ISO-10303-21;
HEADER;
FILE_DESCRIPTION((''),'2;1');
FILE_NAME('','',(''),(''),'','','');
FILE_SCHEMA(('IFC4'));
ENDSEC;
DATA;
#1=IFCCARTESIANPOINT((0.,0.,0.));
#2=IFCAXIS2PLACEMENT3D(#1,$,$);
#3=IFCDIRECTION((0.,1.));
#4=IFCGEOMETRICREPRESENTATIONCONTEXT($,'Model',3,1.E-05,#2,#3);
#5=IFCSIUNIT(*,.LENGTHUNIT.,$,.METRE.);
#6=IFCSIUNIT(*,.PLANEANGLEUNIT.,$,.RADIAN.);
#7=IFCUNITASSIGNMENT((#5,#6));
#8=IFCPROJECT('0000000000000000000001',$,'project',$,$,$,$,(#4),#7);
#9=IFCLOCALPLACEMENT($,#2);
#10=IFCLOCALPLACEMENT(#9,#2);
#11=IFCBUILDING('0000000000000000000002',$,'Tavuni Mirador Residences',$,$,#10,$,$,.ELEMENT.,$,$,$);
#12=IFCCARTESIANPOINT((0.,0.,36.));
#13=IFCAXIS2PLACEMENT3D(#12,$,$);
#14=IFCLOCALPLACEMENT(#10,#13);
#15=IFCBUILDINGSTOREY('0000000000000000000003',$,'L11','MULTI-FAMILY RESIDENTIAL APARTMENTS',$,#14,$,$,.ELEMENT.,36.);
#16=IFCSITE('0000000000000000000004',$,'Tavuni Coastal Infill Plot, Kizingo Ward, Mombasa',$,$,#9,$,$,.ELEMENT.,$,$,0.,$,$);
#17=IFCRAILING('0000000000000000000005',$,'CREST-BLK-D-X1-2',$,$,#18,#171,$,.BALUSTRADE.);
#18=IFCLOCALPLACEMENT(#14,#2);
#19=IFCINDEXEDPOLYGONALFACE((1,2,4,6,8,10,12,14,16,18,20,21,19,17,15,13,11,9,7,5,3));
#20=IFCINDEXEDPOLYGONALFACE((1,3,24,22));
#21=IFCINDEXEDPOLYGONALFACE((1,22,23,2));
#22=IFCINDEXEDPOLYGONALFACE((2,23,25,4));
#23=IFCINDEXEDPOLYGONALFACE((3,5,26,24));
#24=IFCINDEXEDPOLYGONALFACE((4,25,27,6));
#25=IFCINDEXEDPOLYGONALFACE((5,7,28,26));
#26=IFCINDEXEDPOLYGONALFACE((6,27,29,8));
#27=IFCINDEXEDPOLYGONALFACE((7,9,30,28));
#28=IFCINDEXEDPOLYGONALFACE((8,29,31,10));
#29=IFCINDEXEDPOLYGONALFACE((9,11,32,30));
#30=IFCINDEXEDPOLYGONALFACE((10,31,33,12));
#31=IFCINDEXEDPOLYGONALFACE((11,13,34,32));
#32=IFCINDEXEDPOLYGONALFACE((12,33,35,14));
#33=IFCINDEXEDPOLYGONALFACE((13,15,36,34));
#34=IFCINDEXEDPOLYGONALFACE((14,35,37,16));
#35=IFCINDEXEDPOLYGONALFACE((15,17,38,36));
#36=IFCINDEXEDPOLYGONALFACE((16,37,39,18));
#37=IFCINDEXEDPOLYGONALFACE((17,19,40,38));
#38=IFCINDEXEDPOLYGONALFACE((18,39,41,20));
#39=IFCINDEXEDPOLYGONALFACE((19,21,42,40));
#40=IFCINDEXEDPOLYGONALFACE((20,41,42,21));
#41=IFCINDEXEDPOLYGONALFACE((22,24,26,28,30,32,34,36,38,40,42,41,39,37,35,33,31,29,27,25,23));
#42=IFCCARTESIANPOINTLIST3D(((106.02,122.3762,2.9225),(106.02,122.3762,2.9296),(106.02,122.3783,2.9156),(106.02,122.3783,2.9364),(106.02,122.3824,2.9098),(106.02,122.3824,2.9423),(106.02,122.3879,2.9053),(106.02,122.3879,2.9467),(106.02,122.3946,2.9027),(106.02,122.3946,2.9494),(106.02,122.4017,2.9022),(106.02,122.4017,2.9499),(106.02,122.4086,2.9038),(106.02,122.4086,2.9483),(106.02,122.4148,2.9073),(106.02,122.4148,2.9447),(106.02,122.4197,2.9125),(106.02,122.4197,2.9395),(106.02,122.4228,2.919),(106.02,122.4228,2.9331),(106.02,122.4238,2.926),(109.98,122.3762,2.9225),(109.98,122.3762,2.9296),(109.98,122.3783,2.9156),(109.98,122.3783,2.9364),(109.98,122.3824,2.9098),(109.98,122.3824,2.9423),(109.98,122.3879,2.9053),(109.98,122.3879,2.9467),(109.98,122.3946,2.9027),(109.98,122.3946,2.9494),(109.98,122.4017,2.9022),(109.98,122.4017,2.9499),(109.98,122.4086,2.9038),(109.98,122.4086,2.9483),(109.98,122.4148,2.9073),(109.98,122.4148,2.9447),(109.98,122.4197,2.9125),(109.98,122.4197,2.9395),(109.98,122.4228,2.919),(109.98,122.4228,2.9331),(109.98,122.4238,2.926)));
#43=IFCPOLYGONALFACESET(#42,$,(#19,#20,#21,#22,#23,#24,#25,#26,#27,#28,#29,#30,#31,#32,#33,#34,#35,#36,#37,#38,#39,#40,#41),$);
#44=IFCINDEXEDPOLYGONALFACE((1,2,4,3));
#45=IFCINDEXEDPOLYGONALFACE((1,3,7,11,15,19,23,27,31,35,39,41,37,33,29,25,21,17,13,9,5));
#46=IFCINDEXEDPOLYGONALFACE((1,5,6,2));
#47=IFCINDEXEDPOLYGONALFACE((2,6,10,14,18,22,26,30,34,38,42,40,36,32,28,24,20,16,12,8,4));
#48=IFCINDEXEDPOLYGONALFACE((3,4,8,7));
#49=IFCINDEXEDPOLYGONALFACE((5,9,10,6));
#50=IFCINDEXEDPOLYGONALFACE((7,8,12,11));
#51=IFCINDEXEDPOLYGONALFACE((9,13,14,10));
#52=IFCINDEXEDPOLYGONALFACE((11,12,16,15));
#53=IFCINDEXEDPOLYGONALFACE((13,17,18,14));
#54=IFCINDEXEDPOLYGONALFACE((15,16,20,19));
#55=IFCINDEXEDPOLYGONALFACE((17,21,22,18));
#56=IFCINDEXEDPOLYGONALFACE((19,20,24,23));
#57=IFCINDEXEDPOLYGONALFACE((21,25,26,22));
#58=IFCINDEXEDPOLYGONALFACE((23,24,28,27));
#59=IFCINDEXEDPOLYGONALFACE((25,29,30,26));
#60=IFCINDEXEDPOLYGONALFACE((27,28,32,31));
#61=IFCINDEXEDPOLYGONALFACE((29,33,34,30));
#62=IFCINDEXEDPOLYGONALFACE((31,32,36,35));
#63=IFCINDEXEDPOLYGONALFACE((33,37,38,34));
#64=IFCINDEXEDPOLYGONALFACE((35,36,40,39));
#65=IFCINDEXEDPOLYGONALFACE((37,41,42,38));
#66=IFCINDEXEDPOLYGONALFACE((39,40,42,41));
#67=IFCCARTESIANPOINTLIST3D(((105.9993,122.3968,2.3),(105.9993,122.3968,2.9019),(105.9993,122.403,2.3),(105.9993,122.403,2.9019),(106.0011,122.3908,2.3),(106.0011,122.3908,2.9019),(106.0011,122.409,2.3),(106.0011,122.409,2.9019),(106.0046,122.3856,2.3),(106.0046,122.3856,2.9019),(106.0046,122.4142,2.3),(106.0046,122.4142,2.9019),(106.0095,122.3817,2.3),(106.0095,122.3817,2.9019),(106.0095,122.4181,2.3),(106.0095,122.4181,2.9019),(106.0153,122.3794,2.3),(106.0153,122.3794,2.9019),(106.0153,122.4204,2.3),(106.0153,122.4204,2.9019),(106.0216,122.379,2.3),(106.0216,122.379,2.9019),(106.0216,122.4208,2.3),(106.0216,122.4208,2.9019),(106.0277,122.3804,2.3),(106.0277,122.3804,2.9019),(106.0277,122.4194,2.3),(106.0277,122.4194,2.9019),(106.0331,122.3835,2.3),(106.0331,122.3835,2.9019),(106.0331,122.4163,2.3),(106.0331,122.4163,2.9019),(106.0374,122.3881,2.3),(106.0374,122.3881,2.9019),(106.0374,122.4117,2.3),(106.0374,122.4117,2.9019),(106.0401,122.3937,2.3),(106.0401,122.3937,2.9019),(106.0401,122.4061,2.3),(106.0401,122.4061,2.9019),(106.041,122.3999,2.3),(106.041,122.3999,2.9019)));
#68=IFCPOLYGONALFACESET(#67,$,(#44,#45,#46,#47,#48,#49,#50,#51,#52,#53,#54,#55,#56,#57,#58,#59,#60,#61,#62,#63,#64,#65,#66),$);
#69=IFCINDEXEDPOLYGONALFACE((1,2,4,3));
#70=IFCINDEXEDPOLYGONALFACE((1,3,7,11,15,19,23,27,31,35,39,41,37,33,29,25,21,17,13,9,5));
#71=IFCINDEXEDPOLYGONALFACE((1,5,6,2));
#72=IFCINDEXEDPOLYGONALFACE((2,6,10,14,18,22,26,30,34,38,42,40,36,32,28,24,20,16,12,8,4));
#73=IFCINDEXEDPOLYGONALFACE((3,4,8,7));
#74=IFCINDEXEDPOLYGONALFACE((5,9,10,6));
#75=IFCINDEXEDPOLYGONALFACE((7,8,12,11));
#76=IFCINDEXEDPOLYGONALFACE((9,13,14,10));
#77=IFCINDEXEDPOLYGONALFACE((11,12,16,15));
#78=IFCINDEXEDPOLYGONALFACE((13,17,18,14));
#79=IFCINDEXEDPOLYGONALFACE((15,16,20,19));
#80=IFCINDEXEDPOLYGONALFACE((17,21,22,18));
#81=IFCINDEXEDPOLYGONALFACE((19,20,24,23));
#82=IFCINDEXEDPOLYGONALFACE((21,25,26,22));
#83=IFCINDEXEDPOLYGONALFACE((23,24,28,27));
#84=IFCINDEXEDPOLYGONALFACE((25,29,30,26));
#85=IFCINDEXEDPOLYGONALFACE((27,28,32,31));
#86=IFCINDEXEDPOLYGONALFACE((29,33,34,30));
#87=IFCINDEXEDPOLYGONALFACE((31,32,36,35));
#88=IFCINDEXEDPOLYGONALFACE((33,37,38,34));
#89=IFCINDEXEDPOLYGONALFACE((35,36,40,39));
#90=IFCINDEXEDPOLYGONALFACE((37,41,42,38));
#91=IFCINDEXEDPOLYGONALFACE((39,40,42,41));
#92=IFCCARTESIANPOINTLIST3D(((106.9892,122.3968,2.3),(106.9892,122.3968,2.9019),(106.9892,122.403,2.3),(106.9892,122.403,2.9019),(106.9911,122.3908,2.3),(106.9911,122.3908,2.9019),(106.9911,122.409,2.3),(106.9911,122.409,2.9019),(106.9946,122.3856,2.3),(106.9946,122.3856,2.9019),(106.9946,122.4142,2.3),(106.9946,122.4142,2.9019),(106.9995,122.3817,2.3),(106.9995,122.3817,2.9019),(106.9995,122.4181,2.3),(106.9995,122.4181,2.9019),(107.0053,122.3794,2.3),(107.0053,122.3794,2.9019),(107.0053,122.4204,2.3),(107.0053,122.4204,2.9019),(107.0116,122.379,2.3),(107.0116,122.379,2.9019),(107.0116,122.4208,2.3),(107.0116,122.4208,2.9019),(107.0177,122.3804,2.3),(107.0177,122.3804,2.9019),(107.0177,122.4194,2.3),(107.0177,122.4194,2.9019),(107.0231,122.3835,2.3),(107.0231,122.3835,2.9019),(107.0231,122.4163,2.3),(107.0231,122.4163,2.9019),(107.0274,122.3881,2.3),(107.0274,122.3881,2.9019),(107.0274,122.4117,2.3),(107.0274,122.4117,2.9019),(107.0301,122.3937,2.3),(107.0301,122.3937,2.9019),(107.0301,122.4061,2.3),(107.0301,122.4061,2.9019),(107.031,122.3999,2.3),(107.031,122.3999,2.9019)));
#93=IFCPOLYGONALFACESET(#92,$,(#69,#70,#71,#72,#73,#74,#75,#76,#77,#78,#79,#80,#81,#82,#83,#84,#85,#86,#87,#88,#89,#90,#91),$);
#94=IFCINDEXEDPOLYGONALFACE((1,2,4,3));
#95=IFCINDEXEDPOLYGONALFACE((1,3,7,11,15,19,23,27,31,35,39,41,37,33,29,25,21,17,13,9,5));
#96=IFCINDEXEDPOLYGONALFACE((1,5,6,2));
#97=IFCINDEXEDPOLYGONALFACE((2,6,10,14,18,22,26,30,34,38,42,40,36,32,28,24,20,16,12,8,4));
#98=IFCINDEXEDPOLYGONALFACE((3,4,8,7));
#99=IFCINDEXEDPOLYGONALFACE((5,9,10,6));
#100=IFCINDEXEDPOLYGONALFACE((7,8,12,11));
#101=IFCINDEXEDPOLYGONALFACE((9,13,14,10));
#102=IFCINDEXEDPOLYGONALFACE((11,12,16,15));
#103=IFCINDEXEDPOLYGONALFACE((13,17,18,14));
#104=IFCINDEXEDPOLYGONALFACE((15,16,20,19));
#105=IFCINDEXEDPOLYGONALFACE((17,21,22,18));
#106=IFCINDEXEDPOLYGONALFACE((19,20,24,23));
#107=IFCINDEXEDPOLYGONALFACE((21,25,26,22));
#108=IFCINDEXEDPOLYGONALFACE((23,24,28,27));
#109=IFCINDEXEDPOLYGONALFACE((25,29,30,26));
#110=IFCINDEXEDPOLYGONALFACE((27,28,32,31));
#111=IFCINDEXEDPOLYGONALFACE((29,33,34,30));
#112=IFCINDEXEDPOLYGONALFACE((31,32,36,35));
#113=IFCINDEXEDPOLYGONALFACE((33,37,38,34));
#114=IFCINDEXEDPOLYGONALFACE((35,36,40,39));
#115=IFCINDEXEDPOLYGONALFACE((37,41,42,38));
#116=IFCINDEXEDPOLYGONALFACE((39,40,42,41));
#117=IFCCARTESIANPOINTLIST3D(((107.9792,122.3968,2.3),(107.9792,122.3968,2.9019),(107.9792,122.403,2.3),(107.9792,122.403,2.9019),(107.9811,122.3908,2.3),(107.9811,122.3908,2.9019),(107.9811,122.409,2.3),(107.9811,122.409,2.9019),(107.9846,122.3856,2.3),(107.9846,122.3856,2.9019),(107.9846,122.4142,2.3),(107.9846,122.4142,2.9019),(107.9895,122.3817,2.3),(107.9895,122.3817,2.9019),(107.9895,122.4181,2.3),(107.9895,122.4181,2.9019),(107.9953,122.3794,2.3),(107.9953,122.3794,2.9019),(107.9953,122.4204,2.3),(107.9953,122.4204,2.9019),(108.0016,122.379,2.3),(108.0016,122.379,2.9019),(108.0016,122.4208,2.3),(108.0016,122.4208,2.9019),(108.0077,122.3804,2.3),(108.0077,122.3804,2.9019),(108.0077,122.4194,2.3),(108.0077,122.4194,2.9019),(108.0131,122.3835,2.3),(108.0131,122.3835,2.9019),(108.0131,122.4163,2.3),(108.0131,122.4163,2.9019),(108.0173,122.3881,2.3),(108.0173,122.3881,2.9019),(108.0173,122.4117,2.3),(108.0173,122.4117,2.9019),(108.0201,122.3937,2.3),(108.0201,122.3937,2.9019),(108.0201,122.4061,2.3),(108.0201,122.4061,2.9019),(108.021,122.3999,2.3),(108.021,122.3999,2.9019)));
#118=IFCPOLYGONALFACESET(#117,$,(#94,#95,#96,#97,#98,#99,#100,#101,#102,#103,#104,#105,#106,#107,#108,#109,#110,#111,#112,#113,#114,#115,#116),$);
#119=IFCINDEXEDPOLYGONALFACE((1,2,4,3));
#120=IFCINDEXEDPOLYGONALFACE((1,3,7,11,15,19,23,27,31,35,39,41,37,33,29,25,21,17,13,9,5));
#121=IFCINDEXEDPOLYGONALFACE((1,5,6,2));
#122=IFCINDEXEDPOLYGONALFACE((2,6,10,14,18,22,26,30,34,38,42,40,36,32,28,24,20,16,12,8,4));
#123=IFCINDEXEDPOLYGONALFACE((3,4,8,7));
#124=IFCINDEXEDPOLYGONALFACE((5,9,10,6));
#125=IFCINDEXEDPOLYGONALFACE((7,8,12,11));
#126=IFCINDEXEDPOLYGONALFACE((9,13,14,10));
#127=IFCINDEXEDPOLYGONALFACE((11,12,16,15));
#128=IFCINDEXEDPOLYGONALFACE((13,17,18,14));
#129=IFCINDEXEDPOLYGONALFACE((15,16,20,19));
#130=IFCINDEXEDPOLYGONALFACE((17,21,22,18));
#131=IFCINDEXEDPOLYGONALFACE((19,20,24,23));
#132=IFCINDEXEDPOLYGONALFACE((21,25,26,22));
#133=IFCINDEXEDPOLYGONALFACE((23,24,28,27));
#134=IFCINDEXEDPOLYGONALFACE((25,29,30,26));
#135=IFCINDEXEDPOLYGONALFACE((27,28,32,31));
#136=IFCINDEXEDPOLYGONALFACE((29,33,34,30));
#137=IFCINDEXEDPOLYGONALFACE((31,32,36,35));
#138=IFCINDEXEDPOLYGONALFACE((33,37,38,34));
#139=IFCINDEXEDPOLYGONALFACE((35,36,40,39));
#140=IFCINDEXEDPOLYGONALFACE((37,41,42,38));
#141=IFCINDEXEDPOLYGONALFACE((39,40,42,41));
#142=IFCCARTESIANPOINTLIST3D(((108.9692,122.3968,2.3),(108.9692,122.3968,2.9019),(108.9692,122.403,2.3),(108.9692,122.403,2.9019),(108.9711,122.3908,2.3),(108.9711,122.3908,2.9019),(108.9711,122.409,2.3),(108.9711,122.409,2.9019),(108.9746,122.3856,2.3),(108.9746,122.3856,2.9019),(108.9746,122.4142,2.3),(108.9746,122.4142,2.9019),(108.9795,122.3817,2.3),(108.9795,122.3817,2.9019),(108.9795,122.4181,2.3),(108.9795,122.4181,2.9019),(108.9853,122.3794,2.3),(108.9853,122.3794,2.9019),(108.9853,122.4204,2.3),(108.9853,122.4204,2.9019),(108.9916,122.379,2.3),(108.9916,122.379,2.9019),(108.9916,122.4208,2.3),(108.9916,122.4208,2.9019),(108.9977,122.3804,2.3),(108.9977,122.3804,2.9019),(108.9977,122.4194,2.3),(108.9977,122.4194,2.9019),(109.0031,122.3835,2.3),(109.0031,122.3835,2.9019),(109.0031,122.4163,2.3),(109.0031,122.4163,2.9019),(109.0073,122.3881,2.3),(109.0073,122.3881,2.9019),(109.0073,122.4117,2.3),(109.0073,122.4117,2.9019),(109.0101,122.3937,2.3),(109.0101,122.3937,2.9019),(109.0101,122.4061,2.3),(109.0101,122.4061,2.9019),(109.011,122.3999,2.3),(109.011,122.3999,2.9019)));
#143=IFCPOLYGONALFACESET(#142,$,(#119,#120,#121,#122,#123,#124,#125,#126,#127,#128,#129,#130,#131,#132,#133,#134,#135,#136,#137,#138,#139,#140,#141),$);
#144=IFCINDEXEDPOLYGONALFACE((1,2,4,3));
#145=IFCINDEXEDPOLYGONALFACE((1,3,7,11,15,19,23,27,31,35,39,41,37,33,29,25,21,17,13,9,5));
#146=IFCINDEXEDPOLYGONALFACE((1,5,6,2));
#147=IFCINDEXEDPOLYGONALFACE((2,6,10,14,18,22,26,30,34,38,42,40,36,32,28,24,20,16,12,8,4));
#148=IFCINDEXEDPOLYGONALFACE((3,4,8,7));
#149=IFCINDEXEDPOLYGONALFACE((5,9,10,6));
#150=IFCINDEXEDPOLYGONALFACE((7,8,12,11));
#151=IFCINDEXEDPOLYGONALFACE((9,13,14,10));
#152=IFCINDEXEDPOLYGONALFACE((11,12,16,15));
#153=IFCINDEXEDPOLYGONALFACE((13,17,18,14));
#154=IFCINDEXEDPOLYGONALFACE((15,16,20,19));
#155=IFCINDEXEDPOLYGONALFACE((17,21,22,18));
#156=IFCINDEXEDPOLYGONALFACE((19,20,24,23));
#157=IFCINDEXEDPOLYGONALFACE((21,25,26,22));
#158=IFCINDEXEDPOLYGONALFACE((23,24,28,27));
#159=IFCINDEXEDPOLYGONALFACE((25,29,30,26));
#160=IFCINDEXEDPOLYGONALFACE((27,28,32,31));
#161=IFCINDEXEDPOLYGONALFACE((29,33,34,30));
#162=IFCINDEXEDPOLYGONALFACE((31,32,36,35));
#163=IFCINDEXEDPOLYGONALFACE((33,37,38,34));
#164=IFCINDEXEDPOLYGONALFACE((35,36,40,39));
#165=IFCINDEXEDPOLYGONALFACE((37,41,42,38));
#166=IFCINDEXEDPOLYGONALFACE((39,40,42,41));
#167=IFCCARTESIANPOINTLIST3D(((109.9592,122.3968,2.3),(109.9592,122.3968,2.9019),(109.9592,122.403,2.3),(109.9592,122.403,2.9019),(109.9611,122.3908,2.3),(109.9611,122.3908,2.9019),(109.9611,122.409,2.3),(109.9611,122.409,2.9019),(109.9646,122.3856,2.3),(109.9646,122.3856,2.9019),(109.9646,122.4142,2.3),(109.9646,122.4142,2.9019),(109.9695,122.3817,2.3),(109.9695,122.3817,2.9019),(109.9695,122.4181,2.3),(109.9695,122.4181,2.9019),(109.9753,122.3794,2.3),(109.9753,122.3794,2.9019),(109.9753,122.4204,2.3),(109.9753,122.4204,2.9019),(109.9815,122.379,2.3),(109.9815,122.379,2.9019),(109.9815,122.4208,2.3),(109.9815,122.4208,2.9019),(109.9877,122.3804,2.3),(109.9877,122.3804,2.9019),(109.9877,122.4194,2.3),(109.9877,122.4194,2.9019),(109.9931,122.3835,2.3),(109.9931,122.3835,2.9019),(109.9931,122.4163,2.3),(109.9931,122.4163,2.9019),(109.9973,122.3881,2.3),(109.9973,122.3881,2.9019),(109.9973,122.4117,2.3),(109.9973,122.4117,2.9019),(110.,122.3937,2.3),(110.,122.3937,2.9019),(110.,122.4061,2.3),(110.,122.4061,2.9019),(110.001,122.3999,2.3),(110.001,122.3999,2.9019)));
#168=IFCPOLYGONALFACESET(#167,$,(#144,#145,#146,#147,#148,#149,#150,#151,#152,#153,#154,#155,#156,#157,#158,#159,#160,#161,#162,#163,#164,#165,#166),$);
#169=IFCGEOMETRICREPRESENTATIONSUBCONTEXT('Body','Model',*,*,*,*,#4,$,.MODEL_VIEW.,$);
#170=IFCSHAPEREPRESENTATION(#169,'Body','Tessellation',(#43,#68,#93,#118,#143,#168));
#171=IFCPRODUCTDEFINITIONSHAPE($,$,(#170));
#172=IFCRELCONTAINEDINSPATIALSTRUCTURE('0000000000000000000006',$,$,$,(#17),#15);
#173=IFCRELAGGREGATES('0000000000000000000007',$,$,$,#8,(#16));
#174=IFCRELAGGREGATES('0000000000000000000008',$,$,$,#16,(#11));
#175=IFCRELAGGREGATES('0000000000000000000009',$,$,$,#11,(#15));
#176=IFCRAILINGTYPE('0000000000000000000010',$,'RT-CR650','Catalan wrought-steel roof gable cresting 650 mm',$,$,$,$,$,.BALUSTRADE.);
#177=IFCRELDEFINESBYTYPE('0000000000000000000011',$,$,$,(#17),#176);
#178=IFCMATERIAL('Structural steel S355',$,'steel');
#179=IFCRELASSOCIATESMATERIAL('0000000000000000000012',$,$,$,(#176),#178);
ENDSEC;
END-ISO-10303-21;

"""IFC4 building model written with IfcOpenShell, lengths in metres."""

from ifc_helpers import new_model, si_unit, direction, frame, origin, origin_2d, place, context, subcontext, project, spatial, circle, extrude, material, type_object, element, save


model = new_model("IFC4")

# Units and contexts
model_context = context("Model", 3, precision=1e-05, world=origin(), true_north=direction((0.0, 1.0)))
body_context = subcontext(model_context, "Body", "Model", "MODEL_VIEW")
ifc_project = project(units=[si_unit("LENGTHUNIT", "METRE"), si_unit("PLANEANGLEUNIT", "RADIAN")], contexts=[model_context])

# Site, building, storey
site_placement = place(None, origin())
site = spatial("IfcSite", under=ifc_project, at=site_placement, Name="Tavuni Coastal Infill Plot, Kizingo Ward, Mombasa", CompositionType="ELEMENT", RefElevation=0.0)
building_placement = place(site_placement, origin())
building = spatial("IfcBuilding", under=site, at=building_placement, Name="Tavuni Mirador Residences", CompositionType="ELEMENT")
storey_placement = place(building_placement, frame((0.0, 0.0, 36.0)))
storey = spatial("IfcBuildingStorey", under=building, at=storey_placement, Name="L11", Description="MULTI-FAMILY RESIDENTIAL APARTMENTS", CompositionType="ELEMENT", Elevation=36.0)

# Shared definitions
ifc_material_1 = material(Name="Structural steel S355", Category="steel")

# Railing
railing_type = type_object("IfcRailingType", Name="RT-CR650", Description="Catalan wrought-steel roof gable cresting 650 mm", PredefinedType="BALUSTRADE", material=ifc_material_1)
for number, where, name in (
    (1, (106.02, 122.3999, 2.3), "CREST-BLK-D-X1-2"),
):
    element("IfcRailing", number, at=place(storey_placement, frame(where)), inside=storey, type_object=railing_type, Name=name, PredefinedType="BALUSTRADE", context=body_context, shape_type="SweptSolid", body=[
        extrude(circle(Radius=0.0239, at=origin_2d()), frame((0.0, 0.0, 0.626), z_axis=(1.0, 0.0, 0.0), x_axis=(0.0, 1.0, 0.0)), (0.0, 0.0, 1.0), 3.96),
        extrude(circle(Radius=0.021, at=origin_2d()), origin(), (0.0, 0.0, 1.0), 0.6018),
        extrude(circle(Radius=0.021, at=origin_2d()), frame((0.99, 0.0, 0.0)), (0.0, 0.0, 1.0), 0.6018),
        extrude(circle(Radius=0.021, at=origin_2d()), frame((1.98, 0.0, 0.0)), (0.0, 0.0, 1.0), 0.6018),
        extrude(circle(Radius=0.021, at=origin_2d()), frame((2.97, 0.0, 0.0)), (0.0, 0.0, 1.0), 0.6018),
        extrude(circle(Radius=0.021, at=origin_2d()), frame((3.96, 0.0, 0.0)), (0.0, 0.0, 1.0), 0.6018),
    ])

save(model, "model.ifc")
